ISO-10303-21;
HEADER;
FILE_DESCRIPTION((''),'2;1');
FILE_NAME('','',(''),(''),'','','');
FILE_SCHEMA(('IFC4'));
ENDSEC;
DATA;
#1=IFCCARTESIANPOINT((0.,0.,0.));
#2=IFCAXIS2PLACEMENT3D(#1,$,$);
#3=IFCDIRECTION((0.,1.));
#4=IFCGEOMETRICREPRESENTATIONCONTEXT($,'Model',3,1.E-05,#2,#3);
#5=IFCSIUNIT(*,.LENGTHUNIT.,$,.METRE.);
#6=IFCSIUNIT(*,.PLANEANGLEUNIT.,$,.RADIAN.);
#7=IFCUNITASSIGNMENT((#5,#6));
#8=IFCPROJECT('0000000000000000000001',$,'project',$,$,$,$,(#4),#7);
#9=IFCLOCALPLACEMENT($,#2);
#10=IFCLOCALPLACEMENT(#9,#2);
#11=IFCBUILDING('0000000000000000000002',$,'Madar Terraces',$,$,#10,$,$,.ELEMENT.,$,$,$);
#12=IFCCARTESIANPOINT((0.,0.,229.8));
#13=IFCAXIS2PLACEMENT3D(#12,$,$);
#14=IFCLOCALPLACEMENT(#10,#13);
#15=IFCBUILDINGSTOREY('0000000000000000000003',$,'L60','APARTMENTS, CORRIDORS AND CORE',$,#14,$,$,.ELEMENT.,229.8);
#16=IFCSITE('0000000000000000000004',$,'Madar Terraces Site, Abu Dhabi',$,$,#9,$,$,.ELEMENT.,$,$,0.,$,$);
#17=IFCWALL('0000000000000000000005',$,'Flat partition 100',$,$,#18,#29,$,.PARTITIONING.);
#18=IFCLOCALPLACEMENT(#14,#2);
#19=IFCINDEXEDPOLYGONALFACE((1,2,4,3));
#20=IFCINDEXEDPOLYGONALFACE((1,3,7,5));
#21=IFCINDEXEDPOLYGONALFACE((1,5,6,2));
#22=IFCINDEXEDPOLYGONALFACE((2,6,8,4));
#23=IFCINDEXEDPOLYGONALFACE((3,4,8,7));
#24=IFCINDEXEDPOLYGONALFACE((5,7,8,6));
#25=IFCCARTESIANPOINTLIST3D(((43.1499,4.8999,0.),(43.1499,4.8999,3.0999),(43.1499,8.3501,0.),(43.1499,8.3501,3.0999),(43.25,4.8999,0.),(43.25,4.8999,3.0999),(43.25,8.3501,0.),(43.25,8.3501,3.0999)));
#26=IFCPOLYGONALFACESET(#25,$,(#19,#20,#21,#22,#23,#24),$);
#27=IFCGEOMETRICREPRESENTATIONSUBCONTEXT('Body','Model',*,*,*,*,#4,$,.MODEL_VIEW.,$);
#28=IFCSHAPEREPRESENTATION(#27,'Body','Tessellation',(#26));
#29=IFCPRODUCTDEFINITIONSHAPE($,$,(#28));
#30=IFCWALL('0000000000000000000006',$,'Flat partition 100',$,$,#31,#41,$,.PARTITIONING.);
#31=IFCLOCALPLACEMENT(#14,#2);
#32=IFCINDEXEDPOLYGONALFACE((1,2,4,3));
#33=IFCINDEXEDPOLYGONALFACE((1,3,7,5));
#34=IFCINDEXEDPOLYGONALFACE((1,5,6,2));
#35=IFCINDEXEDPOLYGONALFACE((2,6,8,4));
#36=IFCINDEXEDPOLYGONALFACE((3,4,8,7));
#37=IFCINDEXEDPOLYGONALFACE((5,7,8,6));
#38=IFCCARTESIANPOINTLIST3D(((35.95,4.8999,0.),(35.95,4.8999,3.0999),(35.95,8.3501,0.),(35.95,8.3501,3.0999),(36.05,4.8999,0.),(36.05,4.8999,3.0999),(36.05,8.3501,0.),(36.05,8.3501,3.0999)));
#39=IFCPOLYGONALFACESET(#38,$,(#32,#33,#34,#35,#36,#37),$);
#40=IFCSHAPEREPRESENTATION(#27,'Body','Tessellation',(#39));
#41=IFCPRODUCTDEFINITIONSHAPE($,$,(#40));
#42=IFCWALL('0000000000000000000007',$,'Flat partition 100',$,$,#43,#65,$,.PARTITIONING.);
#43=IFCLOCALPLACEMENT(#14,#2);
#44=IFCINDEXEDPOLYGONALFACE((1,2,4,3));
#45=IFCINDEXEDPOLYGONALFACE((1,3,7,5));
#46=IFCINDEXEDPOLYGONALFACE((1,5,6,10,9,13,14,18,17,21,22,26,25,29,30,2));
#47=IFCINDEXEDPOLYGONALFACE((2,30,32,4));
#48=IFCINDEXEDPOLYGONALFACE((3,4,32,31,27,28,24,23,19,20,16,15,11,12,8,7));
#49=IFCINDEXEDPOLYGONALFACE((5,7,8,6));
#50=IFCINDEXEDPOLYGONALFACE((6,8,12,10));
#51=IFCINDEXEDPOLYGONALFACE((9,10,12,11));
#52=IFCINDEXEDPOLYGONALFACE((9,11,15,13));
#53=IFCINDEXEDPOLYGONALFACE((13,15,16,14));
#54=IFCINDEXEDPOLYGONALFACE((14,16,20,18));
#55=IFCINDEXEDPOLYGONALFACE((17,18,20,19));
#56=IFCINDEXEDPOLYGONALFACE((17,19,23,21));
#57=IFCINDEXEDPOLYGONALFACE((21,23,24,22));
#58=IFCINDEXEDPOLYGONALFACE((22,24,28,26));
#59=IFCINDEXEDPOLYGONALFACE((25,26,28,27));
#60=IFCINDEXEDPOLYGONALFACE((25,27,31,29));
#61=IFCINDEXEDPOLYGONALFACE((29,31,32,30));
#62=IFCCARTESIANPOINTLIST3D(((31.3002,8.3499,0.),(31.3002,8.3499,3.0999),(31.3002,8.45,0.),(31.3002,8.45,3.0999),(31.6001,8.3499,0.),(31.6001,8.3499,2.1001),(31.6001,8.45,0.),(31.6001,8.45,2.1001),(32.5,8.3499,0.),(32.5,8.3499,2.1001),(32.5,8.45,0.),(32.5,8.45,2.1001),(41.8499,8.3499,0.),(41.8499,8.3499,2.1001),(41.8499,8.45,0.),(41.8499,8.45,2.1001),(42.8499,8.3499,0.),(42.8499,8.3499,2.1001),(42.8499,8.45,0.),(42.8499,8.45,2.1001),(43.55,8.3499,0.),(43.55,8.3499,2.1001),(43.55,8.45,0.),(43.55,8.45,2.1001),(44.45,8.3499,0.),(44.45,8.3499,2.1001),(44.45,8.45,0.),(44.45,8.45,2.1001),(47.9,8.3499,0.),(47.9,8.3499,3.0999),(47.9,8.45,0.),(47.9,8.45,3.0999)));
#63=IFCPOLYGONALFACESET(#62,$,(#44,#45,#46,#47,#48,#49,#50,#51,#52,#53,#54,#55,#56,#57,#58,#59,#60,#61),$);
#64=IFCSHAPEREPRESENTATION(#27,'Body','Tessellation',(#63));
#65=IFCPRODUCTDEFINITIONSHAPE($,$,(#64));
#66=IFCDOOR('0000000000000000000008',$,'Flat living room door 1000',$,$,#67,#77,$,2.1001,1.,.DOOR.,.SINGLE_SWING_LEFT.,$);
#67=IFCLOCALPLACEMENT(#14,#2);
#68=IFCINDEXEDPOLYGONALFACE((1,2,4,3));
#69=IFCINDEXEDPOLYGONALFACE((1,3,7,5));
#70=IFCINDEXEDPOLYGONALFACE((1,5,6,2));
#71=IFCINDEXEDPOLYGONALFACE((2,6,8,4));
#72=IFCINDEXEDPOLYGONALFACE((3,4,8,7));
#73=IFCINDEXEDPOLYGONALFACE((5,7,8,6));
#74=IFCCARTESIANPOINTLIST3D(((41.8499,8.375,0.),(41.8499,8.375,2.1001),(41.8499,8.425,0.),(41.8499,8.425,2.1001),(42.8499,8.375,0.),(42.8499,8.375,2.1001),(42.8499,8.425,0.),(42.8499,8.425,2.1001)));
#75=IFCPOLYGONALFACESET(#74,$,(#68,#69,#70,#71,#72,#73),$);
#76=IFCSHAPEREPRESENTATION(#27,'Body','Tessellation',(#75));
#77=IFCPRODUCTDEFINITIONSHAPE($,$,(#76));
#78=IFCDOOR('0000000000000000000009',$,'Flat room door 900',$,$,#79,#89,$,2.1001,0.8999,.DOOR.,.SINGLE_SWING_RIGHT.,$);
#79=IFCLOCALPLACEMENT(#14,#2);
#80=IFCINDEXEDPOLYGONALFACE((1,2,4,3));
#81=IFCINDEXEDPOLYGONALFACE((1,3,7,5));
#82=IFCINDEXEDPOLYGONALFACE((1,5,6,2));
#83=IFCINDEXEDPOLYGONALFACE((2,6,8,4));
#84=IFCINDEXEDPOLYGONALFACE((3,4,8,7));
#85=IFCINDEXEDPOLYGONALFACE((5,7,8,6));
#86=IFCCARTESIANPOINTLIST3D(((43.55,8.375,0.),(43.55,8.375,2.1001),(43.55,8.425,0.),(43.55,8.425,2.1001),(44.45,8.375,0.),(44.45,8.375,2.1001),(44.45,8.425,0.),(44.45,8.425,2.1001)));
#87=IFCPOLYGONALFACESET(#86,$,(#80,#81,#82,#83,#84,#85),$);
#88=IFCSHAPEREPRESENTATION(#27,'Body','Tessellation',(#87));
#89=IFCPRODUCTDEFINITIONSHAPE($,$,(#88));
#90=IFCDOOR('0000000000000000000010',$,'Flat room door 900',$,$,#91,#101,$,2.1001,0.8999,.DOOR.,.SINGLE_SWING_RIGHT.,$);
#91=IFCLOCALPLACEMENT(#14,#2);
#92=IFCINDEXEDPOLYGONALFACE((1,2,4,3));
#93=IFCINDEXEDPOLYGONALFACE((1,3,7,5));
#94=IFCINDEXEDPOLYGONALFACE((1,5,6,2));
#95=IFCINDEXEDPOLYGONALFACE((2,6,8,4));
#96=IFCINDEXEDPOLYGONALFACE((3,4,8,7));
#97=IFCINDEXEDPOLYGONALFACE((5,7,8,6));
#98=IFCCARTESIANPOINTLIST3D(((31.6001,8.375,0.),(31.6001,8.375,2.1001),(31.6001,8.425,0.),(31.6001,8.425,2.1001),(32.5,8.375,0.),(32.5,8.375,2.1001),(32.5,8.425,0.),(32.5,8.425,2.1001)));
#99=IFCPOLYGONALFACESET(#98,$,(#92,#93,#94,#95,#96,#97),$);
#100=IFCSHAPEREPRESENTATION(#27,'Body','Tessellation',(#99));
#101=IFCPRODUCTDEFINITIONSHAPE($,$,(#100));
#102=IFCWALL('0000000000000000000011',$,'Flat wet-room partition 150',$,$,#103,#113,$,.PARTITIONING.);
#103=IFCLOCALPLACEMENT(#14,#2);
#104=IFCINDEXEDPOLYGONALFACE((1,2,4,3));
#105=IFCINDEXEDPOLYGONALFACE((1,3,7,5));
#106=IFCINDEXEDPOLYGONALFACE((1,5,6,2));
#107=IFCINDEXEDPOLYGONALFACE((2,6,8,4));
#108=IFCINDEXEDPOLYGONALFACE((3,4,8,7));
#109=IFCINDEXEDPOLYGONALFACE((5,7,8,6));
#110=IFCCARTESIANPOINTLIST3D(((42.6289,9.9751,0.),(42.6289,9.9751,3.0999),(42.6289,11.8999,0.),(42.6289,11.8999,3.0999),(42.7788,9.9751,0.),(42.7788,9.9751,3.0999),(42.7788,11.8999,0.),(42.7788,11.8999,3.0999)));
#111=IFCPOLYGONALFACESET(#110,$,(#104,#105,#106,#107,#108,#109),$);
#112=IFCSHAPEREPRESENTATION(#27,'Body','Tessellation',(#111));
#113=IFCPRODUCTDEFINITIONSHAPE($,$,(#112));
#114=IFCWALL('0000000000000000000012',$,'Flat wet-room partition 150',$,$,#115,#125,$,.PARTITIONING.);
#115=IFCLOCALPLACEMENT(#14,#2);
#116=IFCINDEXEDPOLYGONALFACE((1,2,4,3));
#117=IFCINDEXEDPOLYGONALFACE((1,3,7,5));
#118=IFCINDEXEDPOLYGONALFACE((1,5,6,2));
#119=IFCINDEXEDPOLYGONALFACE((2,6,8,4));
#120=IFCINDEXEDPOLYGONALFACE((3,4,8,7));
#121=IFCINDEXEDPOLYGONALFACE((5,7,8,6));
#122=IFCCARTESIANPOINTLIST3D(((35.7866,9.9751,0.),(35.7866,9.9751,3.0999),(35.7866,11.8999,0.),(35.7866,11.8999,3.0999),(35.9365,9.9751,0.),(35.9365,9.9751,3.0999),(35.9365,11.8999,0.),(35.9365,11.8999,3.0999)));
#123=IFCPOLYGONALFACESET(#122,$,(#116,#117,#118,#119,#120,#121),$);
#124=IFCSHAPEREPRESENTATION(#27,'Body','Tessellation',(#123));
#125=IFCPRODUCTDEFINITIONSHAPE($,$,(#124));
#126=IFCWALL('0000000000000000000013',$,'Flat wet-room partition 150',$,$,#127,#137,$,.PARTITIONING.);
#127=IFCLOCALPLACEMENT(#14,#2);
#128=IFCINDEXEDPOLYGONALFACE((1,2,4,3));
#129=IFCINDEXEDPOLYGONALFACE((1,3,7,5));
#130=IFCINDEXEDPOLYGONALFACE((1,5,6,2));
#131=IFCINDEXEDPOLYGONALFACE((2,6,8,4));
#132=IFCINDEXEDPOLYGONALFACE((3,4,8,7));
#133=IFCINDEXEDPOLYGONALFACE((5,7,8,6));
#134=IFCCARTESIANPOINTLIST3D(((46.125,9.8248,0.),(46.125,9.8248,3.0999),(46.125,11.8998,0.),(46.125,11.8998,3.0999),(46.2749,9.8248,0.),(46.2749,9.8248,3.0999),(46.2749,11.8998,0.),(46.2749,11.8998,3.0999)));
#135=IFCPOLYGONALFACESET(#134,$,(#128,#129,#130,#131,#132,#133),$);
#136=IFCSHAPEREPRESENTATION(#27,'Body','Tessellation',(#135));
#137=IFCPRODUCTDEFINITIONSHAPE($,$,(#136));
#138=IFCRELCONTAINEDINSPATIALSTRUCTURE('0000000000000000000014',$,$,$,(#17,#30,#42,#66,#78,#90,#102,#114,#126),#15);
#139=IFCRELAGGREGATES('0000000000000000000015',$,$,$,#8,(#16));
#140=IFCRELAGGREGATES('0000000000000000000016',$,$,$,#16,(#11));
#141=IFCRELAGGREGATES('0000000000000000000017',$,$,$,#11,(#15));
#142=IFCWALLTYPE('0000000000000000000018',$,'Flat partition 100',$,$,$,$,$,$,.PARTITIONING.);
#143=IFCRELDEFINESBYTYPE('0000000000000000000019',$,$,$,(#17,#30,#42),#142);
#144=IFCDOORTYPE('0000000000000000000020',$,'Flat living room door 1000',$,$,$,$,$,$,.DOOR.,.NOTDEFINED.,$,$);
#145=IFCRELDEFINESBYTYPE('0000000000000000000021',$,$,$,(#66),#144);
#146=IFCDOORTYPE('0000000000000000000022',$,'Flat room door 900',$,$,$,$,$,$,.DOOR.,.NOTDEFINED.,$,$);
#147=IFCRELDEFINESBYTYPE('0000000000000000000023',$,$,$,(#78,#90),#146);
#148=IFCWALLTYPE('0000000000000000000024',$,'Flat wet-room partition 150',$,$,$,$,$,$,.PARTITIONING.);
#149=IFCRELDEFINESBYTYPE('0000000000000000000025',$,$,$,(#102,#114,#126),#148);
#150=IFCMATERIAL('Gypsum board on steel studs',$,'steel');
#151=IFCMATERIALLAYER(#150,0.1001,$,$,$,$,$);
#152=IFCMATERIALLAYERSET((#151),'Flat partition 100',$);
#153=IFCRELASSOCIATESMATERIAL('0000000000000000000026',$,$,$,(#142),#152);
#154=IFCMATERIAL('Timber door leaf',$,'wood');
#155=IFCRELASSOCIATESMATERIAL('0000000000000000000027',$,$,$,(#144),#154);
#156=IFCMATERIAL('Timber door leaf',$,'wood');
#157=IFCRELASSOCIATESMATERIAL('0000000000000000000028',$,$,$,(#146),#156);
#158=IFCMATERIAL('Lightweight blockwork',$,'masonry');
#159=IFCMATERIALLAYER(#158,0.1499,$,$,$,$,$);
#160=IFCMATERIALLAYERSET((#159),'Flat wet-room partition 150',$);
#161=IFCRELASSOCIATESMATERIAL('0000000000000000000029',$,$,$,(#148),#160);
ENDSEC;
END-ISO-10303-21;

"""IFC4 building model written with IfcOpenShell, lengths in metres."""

from ifc_helpers import new_model, si_unit, direction, frame, frame_2d, origin, place, context, subcontext, project, spatial, rectangle, extrude, material, layer, layer_set, type_object, element, fill, save


model = new_model("IFC4")

# Units and contexts
model_context = context("Model", 3, precision=1e-05, world=origin(), true_north=direction((0.0, 1.0)))
body_context = subcontext(model_context, "Body", "Model", "MODEL_VIEW")
ifc_project = project(units=[si_unit("LENGTHUNIT", "METRE"), si_unit("PLANEANGLEUNIT", "RADIAN")], contexts=[model_context])

# Site, building, storey
site_placement = place(None, origin())
site = spatial("IfcSite", under=ifc_project, at=site_placement, Name="Madar Terraces Site, Abu Dhabi", CompositionType="ELEMENT", RefElevation=0.0)
building_placement = place(site_placement, origin())
building = spatial("IfcBuilding", under=site, at=building_placement, Name="Madar Terraces", CompositionType="ELEMENT")
storey_placement = place(building_placement, frame((0.0, 0.0, 229.8)))
storey = spatial("IfcBuildingStorey", under=building, at=storey_placement, Name="L60", Description="APARTMENTS, CORRIDORS AND CORE", CompositionType="ELEMENT", Elevation=229.8)

# Walls
ifc_material_1 = material(Name="Gypsum board on steel studs", Category="steel")
ifc_layer_1 = layer(ifc_material_1, 0.1001)
ifc_layer_set_1 = layer_set([ifc_layer_1], Name="Flat partition 100")
wall_type_1 = type_object("IfcWallType", Name="Flat partition 100", PredefinedType="PARTITIONING", material=ifc_layer_set_1)
for number, where, z_axis, x_axis, name in (
    (1, (43.2, 8.3501, 0.0), (0.0, 0.0, 1.0), (0.0, -1.0, 0.0), "Flat partition 100"),
    (2, (36.0, 8.3501, 0.0), (0.0, 0.0, 1.0), (0.0, -1.0, 0.0), "Flat partition 100"),
):
    element("IfcWall", number, at=place(storey_placement, frame(where, z_axis=z_axis, x_axis=x_axis)), inside=storey, type_object=wall_type_1, Name=name, PredefinedType="PARTITIONING", context=body_context, shape_type="SweptSolid", body=[
        extrude(rectangle(XDim=3.4502, YDim=0.1001, at=frame_2d((1.7251, 0.0))), origin(), (0.0, 0.0, 1.0), 3.0999),
    ])

# Wall, openings, doors
wall_1_placement = place(storey_placement, frame((47.8999, 8.3999, 0.0), z_axis=(0.0, 0.0, 1.0), x_axis=(-1.0, 0.0, 0.0)))
wall_1 = element("IfcWall", 3, at=wall_1_placement, inside=storey, type_object=wall_type_1, Name="Flat partition 100", PredefinedType="PARTITIONING", context=body_context, shape_type="SweptSolid", body=[
    extrude(rectangle(XDim=16.5999, YDim=0.1001, at=frame_2d((8.2998, 0.0))), origin(), (0.0, 0.0, 1.0), 3.0999),
])
opening_1_placement = place(wall_1_placement, frame((3.45, 0.0, 0.0)))
opening_1 = element("IfcOpeningElement", 4, at=opening_1_placement, cuts=wall_1, PredefinedType="OPENING", context=body_context, shape_type="SweptSolid", body=[
    extrude(rectangle(XDim=0.8999, YDim=2.1001, at=frame_2d((0.45, 1.05))), frame((0.0, 0.0601, 0.0), z_axis=(0.0, -1.0, 0.0), x_axis=(1.0, 0.0, 0.0)), (0.0, 0.0, 1.0), 0.1201),
])
opening_2_placement = place(wall_1_placement, frame((5.05, 0.0, 0.0)))
opening_2 = element("IfcOpeningElement", 5, at=opening_2_placement, cuts=wall_1, PredefinedType="OPENING", context=body_context, shape_type="SweptSolid", body=[
    extrude(rectangle(XDim=1.0, YDim=2.1001, at=frame_2d((0.5, 1.05))), frame((0.0, 0.0601, 0.0), z_axis=(0.0, -1.0, 0.0), x_axis=(1.0, 0.0, 0.0)), (0.0, 0.0, 1.0), 0.1201),
])
opening_3_placement = place(wall_1_placement, frame((15.3999, 0.0, 0.0)))
opening_3 = element("IfcOpeningElement", 6, at=opening_3_placement, cuts=wall_1, PredefinedType="OPENING", context=body_context, shape_type="SweptSolid", body=[
    extrude(rectangle(XDim=0.8999, YDim=2.1001, at=frame_2d((0.45, 1.05))), frame((0.0, 0.0601, 0.0), z_axis=(0.0, -1.0, 0.0), x_axis=(1.0, 0.0, 0.0)), (0.0, 0.0, 1.0), 0.1201),
])
ifc_material_2 = material(Name="Timber door leaf", Category="wood")
door_type_1 = type_object("IfcDoorType", Name="Flat living room door 1000", OperationType="NOTDEFINED", PredefinedType="DOOR", material=ifc_material_2)
door_1_placement = place(opening_2_placement, origin())
door_1 = element("IfcDoor", 7, at=door_1_placement, inside=storey, type_object=door_type_1, Name="Flat living room door 1000", OperationType="SINGLE_SWING_LEFT", OverallHeight=2.1001, OverallWidth=1.0, PredefinedType="DOOR", context=body_context, shape_type="SweptSolid", body=[
    extrude(rectangle(XDim=1.0, YDim=2.1001, at=frame_2d((0.5, 1.05))), frame((0.0, 0.0249, 0.0), z_axis=(0.0, -1.0, 0.0), x_axis=(1.0, 0.0, 0.0)), (0.0, 0.0, 1.0), 0.05),
])
fill(opening_2, door_1)
ifc_material_3 = material(Name="Timber door leaf", Category="wood")
door_type_2 = type_object("IfcDoorType", Name="Flat room door 900", OperationType="NOTDEFINED", PredefinedType="DOOR", material=ifc_material_3)
door_2_placement = place(opening_1_placement, origin())
door_2 = element("IfcDoor", 8, at=door_2_placement, inside=storey, type_object=door_type_2, Name="Flat room door 900", OperationType="SINGLE_SWING_RIGHT", OverallHeight=2.1001, OverallWidth=0.8999, PredefinedType="DOOR", context=body_context, shape_type="SweptSolid", body=[
    extrude(rectangle(XDim=0.8999, YDim=2.1001, at=frame_2d((0.45, 1.05))), frame((0.0, 0.0249, 0.0), z_axis=(0.0, -1.0, 0.0), x_axis=(1.0, 0.0, 0.0)), (0.0, 0.0, 1.0), 0.05),
])
fill(opening_1, door_2)
door_3_placement = place(opening_3_placement, origin())
door_3 = element("IfcDoor", 9, at=door_3_placement, inside=storey, type_object=door_type_2, Name="Flat room door 900", OperationType="SINGLE_SWING_RIGHT", OverallHeight=2.1001, OverallWidth=0.8999, PredefinedType="DOOR", context=body_context, shape_type="SweptSolid", body=[
    extrude(rectangle(XDim=0.8999, YDim=2.1001, at=frame_2d((0.45, 1.05))), frame((0.0, 0.0249, 0.0), z_axis=(0.0, -1.0, 0.0), x_axis=(1.0, 0.0, 0.0)), (0.0, 0.0, 1.0), 0.05),
])
fill(opening_3, door_3)

# Walls
ifc_material_4 = material(Name="Lightweight blockwork", Category="masonry")
ifc_layer_2 = layer(ifc_material_4, 0.1499)
ifc_layer_set_2 = layer_set([ifc_layer_2], Name="Flat wet-room partition 150")
wall_type_2 = type_object("IfcWallType", Name="Flat wet-room partition 150", PredefinedType="PARTITIONING", material=ifc_layer_set_2)
for number, where, z_axis, x_axis, name in (
    (10, (42.7039, 11.8999, 0.0), (0.0, 0.0, 1.0), (0.0, -1.0, 0.0), "Flat wet-room partition 150"),
    (11, (35.8616, 11.8999, 0.0), (0.0, 0.0, 1.0), (0.0, -1.0, 0.0), "Flat wet-room partition 150"),
):
    element("IfcWall", number, at=place(storey_placement, frame(where, z_axis=z_axis, x_axis=x_axis)), inside=storey, type_object=wall_type_2, Name=name, PredefinedType="PARTITIONING", context=body_context, shape_type="SweptSolid", body=[
        extrude(rectangle(XDim=1.9248, YDim=0.1499, at=frame_2d((0.9624, 0.0))), origin(), (0.0, 0.0, 1.0), 3.0999),
    ])
wall_2_placement = place(storey_placement, frame((46.2, 11.8999, 0.0), z_axis=(0.0, 0.0, 1.0), x_axis=(0.0, -1.0, 0.0)))
element("IfcWall", 12, at=wall_2_placement, inside=storey, type_object=wall_type_2, Name="Flat wet-room partition 150", PredefinedType="PARTITIONING", context=body_context, shape_type="SweptSolid", body=[
    extrude(rectangle(XDim=2.075, YDim=0.1499, at=frame_2d((1.0376, 0.0))), origin(), (0.0, 0.0, 1.0), 3.0999),
])

save(model, "model.ifc")
